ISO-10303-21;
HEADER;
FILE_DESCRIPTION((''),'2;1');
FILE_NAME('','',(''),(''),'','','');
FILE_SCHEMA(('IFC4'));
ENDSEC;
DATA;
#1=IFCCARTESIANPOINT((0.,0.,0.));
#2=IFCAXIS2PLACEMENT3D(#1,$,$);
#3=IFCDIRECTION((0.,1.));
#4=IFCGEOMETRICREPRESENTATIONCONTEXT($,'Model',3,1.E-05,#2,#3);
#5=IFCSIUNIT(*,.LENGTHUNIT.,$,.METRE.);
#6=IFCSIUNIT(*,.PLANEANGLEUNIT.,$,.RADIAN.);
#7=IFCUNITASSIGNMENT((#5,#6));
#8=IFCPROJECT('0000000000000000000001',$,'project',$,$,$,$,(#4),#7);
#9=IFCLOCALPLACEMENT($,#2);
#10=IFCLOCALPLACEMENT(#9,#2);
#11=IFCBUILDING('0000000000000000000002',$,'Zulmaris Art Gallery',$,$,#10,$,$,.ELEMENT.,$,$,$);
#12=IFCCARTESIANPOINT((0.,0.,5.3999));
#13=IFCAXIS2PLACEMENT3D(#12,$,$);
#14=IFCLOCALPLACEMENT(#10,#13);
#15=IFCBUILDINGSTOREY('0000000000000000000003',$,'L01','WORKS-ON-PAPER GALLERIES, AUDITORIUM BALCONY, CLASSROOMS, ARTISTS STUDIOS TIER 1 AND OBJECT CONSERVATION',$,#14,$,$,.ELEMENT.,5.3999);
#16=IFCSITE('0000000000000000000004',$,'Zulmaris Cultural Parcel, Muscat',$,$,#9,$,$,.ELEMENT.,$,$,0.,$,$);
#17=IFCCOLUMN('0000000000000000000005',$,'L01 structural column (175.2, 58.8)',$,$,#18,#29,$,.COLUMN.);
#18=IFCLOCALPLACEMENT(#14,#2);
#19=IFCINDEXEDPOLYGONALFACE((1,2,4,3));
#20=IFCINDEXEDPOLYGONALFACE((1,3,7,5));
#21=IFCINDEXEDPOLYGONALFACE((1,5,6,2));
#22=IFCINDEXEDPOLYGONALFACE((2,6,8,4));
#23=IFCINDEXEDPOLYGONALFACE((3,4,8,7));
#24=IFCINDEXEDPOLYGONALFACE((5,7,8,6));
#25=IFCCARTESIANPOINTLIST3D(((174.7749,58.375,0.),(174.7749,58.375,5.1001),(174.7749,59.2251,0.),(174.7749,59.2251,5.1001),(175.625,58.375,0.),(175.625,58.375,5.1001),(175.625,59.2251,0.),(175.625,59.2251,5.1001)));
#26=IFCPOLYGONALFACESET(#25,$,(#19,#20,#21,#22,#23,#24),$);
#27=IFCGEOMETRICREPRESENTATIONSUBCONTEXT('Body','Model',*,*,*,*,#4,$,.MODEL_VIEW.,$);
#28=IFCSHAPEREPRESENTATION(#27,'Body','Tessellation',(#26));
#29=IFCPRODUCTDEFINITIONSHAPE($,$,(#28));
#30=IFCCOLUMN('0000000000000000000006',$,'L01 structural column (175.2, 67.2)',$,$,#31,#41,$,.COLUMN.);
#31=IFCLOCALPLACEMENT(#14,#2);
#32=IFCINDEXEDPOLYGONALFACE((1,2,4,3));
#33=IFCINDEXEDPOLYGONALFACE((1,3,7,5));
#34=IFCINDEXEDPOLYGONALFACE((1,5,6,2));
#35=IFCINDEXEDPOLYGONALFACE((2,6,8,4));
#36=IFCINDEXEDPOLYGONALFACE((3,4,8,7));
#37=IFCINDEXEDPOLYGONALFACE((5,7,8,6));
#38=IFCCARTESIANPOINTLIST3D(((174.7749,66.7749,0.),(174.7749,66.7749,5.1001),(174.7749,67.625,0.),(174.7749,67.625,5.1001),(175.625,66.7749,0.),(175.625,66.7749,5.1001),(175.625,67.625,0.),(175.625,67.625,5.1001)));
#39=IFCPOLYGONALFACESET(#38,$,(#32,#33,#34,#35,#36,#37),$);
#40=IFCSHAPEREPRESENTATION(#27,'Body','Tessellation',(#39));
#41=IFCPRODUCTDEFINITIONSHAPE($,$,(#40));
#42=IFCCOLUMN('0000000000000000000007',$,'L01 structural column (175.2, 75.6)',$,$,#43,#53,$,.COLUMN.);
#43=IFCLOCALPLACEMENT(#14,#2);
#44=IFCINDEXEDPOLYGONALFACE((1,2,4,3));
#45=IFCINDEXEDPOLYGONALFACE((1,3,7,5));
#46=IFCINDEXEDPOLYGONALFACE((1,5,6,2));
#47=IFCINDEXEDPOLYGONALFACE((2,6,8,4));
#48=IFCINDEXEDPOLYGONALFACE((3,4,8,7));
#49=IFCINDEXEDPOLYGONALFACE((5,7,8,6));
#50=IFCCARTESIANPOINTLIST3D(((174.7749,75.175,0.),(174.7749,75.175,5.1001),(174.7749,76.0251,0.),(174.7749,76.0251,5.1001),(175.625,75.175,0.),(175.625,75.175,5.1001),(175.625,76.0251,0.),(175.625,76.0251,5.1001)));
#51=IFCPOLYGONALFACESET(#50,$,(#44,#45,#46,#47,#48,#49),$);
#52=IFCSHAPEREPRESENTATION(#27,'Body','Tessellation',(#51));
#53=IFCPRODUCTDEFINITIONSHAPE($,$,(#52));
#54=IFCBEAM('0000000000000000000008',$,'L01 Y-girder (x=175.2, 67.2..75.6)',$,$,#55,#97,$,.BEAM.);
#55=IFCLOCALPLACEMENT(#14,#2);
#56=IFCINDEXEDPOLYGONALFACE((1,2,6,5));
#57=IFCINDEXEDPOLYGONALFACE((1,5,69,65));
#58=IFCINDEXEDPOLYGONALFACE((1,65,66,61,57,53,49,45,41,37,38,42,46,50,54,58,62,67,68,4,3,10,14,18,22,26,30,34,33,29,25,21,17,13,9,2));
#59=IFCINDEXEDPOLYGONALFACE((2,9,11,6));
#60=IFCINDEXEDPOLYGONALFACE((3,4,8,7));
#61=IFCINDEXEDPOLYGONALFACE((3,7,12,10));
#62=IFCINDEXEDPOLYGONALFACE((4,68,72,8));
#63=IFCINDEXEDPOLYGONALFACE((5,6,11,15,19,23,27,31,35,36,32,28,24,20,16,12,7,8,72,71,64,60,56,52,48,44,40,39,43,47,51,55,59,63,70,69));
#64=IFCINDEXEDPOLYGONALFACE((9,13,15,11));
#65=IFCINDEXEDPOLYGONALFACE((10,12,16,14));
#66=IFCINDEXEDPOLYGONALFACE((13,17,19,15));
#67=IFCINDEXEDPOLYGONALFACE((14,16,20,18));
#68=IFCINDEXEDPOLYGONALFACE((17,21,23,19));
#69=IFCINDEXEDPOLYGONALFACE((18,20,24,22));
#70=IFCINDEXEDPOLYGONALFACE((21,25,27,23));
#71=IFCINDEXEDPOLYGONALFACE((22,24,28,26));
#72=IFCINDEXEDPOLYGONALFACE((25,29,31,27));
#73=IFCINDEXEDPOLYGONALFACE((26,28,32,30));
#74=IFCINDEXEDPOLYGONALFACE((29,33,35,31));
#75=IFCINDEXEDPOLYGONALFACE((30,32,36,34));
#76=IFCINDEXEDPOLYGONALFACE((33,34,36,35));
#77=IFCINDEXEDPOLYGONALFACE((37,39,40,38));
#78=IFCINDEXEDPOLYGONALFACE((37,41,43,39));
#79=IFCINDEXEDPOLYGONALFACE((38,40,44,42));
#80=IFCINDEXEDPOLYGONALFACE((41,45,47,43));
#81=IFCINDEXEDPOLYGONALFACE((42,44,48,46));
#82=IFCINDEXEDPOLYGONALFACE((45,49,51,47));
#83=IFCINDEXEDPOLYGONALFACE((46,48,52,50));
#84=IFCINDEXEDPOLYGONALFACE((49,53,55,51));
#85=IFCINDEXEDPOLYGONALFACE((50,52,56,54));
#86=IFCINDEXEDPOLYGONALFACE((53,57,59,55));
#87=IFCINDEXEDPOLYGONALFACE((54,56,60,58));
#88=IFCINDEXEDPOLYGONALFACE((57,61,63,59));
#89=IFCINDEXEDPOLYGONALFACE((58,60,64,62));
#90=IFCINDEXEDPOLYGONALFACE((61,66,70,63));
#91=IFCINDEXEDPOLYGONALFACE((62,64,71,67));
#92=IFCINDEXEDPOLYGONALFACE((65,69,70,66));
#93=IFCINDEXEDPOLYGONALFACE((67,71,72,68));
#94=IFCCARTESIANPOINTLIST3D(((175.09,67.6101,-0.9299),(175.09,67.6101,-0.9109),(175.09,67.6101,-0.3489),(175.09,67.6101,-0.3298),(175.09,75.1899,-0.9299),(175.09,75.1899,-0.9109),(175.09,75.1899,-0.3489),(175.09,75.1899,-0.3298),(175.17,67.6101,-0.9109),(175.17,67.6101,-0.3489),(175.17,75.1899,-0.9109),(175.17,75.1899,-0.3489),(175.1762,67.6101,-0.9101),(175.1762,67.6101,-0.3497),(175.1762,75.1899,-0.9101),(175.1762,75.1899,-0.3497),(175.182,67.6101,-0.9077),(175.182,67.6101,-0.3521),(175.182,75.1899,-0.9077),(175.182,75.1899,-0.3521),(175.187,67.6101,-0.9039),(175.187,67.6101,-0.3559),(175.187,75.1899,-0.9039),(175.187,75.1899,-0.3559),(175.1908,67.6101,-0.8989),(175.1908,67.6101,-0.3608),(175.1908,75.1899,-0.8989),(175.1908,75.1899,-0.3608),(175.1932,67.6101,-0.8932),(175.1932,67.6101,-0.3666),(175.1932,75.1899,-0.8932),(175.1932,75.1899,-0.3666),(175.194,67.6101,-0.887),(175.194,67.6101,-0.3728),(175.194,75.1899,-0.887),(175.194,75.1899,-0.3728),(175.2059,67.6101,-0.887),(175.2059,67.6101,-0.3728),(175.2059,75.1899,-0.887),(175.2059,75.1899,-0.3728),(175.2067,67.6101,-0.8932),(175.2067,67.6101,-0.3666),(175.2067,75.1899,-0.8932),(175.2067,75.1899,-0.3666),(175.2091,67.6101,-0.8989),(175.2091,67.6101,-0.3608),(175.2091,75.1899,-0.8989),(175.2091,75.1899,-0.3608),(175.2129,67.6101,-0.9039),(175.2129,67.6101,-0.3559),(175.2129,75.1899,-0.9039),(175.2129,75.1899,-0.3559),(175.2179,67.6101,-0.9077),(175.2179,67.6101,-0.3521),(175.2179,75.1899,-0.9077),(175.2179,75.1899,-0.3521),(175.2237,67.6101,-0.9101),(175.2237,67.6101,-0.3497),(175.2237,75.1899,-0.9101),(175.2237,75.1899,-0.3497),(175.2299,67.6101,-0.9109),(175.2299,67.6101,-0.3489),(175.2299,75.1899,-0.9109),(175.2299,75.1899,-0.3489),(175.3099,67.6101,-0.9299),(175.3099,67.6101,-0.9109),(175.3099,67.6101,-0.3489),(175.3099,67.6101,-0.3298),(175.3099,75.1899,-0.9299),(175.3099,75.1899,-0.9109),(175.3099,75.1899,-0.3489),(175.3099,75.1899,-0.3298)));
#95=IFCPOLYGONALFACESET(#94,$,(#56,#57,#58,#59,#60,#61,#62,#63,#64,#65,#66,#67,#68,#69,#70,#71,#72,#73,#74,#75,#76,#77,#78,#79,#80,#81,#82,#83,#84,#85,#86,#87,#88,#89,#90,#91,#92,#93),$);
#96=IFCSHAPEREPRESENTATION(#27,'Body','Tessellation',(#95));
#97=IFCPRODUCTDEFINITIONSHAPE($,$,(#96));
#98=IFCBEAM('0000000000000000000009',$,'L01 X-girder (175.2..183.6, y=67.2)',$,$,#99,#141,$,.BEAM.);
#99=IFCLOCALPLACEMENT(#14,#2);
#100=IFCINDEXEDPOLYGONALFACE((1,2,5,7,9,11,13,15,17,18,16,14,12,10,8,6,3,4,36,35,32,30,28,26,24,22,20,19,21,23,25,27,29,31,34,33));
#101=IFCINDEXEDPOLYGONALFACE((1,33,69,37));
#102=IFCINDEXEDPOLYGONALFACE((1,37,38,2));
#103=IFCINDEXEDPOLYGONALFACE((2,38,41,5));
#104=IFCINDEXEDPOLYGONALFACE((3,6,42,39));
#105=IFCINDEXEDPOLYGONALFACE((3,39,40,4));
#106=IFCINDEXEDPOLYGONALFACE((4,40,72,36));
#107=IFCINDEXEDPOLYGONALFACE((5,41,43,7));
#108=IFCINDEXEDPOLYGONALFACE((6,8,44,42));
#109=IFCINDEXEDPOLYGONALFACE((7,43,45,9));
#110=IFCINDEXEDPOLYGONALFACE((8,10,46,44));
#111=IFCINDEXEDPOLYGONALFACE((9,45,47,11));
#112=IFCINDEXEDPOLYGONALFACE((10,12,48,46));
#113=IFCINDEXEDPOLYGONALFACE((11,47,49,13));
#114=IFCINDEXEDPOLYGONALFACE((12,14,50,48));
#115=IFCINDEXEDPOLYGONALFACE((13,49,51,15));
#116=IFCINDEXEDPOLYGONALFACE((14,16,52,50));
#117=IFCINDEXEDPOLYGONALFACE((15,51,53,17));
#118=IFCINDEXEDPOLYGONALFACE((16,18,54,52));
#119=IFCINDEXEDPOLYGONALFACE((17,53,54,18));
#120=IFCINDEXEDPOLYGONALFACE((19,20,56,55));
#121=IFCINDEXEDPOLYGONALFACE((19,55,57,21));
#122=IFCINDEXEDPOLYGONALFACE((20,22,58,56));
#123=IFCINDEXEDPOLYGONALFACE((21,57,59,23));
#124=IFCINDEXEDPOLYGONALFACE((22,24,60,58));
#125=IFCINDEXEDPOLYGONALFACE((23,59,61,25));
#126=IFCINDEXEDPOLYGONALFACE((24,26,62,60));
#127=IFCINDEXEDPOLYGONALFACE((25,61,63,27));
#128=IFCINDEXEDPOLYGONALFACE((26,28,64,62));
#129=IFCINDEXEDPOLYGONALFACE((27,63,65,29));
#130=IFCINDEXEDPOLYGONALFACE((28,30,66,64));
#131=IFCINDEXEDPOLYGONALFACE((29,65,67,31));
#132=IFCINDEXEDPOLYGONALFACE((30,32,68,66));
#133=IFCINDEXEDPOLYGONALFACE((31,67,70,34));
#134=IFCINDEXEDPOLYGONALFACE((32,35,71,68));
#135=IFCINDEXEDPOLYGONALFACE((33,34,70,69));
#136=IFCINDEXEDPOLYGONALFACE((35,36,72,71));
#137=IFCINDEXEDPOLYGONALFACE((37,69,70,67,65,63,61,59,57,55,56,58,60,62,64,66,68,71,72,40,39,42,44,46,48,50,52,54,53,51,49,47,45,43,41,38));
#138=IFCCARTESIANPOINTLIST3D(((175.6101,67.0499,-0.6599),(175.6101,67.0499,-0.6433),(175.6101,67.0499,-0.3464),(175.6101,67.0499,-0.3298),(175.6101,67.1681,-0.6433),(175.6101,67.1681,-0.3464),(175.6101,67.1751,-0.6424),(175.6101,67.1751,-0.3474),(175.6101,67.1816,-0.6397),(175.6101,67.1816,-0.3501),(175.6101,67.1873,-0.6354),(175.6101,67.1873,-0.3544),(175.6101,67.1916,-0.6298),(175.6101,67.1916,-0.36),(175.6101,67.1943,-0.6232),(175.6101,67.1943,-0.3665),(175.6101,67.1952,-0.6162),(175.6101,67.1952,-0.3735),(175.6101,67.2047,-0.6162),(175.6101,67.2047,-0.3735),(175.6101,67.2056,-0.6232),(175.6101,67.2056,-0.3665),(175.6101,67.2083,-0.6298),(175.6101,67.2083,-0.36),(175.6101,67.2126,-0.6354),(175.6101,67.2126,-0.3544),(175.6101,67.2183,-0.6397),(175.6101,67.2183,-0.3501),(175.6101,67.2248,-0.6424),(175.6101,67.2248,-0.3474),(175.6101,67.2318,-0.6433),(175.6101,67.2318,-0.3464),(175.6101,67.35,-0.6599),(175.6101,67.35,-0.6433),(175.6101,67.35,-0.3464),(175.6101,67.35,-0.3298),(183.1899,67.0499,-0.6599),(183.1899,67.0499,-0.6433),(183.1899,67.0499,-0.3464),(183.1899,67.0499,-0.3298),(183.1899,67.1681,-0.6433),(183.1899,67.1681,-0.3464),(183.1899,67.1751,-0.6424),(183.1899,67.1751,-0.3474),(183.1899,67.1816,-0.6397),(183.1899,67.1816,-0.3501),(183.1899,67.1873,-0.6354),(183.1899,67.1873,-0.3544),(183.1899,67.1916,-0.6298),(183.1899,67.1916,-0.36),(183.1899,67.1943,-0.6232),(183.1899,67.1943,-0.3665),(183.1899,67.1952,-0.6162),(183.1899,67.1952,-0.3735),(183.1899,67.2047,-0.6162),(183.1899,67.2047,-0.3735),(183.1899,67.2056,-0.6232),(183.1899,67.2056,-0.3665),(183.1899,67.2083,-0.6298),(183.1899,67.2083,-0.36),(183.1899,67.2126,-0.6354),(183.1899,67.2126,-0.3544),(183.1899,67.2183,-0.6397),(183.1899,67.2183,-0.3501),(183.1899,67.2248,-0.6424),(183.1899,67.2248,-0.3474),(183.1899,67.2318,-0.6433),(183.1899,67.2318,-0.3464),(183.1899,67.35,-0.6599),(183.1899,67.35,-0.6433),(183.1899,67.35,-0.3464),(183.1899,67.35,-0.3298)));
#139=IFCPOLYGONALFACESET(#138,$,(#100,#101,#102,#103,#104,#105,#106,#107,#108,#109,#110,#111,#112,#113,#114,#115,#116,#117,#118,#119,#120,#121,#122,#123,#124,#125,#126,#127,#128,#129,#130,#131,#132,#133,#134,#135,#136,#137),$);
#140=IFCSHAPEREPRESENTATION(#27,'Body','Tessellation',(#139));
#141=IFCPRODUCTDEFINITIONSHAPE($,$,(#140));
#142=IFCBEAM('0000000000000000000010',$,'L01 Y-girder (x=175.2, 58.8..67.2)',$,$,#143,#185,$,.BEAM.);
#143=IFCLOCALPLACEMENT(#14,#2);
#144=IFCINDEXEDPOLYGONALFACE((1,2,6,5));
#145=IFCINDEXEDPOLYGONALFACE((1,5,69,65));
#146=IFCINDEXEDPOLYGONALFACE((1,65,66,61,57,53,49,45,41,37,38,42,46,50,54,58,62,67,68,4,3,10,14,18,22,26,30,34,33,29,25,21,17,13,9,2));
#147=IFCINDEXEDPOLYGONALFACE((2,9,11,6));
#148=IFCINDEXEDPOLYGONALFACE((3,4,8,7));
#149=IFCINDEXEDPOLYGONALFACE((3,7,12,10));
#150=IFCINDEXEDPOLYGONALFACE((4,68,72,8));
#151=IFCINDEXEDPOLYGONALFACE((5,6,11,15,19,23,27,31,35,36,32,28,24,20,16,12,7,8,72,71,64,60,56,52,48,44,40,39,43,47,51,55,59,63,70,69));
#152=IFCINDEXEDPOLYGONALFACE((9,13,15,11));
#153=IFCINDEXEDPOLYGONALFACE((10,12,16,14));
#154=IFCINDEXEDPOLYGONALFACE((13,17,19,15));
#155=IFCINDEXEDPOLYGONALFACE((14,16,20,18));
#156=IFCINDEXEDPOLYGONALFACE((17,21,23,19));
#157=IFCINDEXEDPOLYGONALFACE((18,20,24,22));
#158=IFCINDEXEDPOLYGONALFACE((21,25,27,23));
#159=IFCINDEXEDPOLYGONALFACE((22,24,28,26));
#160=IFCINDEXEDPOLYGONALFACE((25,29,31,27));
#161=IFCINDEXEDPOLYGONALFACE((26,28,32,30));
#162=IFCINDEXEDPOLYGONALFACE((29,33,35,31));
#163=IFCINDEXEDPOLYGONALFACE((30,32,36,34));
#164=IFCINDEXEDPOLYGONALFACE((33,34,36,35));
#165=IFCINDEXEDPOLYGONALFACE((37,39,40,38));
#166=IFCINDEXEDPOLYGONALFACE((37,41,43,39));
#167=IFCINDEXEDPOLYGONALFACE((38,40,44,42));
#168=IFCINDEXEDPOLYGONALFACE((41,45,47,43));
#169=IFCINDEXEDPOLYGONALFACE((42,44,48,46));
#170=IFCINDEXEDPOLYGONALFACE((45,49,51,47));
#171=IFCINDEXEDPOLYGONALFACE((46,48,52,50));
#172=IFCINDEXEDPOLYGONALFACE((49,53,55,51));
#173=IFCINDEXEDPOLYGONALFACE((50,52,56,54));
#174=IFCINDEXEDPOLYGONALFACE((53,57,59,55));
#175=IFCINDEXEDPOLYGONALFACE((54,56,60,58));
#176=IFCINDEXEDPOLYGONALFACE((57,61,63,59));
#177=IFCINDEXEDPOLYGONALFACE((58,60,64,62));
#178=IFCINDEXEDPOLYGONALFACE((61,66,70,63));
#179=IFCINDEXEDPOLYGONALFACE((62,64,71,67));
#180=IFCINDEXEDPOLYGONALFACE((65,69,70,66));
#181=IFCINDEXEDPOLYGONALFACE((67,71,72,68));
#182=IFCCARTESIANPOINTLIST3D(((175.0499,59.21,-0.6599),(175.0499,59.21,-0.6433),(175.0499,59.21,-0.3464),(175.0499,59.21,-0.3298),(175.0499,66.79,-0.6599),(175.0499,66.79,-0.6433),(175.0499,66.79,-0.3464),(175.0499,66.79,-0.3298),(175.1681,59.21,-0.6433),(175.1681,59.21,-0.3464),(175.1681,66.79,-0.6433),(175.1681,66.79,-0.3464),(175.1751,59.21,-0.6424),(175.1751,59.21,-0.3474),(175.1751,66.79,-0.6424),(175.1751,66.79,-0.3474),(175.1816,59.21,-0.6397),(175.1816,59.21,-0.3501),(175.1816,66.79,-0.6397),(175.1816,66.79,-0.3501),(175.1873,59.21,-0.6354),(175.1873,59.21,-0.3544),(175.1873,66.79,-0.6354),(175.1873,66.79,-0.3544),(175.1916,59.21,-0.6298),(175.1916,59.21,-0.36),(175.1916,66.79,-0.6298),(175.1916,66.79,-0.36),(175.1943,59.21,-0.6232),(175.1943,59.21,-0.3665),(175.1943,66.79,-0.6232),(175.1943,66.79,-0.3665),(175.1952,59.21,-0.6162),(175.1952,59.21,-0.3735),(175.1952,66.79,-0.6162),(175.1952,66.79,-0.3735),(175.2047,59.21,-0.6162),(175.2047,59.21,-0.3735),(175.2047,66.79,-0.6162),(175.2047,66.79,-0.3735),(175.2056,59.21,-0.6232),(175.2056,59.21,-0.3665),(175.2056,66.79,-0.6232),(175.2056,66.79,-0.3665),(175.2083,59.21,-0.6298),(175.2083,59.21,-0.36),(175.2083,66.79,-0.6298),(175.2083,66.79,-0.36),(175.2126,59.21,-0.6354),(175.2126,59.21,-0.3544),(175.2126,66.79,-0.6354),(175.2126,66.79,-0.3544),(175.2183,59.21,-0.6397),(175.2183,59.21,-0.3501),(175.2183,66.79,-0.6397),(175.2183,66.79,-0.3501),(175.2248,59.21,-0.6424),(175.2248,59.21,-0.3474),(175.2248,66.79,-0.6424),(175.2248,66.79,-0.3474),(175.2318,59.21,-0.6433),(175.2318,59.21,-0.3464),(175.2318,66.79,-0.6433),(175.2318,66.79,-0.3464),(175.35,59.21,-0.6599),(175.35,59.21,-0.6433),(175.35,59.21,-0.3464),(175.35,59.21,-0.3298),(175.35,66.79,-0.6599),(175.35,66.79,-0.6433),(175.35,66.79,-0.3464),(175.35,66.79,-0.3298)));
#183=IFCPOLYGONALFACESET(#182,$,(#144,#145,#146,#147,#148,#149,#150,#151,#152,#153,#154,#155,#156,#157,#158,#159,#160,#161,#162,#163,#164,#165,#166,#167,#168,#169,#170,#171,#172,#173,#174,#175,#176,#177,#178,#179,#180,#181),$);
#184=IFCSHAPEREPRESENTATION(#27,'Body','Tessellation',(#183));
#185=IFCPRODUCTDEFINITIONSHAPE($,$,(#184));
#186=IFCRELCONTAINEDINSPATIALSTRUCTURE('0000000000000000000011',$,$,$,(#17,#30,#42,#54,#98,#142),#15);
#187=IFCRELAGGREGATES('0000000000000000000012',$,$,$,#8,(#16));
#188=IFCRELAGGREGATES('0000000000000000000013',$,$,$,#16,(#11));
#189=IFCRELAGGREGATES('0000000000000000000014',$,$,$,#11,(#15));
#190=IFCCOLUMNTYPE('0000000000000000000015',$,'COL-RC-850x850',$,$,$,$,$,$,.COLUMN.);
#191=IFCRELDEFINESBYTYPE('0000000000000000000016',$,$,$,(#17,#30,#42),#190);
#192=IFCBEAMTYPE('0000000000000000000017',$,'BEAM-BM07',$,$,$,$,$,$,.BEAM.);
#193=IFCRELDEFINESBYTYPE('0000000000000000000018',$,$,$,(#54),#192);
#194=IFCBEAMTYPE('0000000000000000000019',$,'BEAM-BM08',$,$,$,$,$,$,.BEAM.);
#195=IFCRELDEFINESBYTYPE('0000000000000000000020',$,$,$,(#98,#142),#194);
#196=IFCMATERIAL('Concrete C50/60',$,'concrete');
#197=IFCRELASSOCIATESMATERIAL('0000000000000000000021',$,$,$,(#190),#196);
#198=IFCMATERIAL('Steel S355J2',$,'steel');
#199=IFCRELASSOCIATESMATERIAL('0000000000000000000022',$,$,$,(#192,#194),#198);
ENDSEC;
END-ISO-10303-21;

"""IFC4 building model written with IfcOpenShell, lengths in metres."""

from ifc_helpers import new_model, si_unit, direction, frame, origin, origin_2d, place, context, subcontext, project, spatial, rectangle, i_section, extrude, material, material_profile, profile_set, type_object, element, save


model = new_model("IFC4")

# Units and contexts
model_context = context("Model", 3, precision=1e-05, world=origin(), true_north=direction((0.0, 1.0)))
body_context = subcontext(model_context, "Body", "Model", "MODEL_VIEW")
ifc_project = project(units=[si_unit("LENGTHUNIT", "METRE"), si_unit("PLANEANGLEUNIT", "RADIAN")], contexts=[model_context])

# Site, building, storey
site_placement = place(None, origin())
site = spatial("IfcSite", under=ifc_project, at=site_placement, Name="Zulmaris Cultural Parcel, Muscat", CompositionType="ELEMENT", RefElevation=0.0)
building_placement = place(site_placement, origin())
building = spatial("IfcBuilding", under=site, at=building_placement, Name="Zulmaris Art Gallery", CompositionType="ELEMENT")
storey_placement = place(building_placement, frame((0.0, 0.0, 5.3999)))
storey = spatial("IfcBuildingStorey", under=building, at=storey_placement, Name="L01", Description="WORKS-ON-PAPER GALLERIES, AUDITORIUM BALCONY, CLASSROOMS, ARTISTS STUDIOS TIER 1 AND OBJECT CONSERVATION", CompositionType="ELEMENT", Elevation=5.3999)

# Columns
ifc_material_1 = material(Name="Concrete C50/60", Category="concrete")
ifc_material_profile_1 = material_profile(ifc_material_1, rectangle(XDim=0.8501, YDim=0.8501, at=origin_2d()), Name="RC 850x850")
ifc_profile_set_1 = profile_set([ifc_material_profile_1], Name="Concrete C50/60")
column_type = type_object("IfcColumnType", Name="COL-RC-850x850", PredefinedType="COLUMN", material=ifc_profile_set_1)
for number, where, z_axis, x_axis, name in (
    (1, (175.2, 58.8, 0.0), (0.0, 0.0, 1.0), (1.0, 0.0, 0.0), "L01 structural column (175.2, 58.8)"),
    (2, (175.2, 67.2, 0.0), (0.0, 0.0, 1.0), (1.0, 0.0, 0.0), "L01 structural column (175.2, 67.2)"),
    (3, (175.2, 75.6001, 0.0), (0.0, 0.0, 1.0), (1.0, 0.0, 0.0), "L01 structural column (175.2, 75.6)"),
):
    element("IfcColumn", number, at=place(storey_placement, frame(where, z_axis=z_axis, x_axis=x_axis)), inside=storey, type_object=column_type, Name=name, PredefinedType="COLUMN", context=body_context, shape_type="SweptSolid", body=[
        extrude(rectangle(XDim=0.8501, YDim=0.8501, at=origin_2d()), origin(), (0.0, 0.0, 1.0), 5.1001),
    ])

# Beams
ifc_material_2 = material(Name="Steel S355J2", Category="steel")
ifc_material_profile_2 = material_profile(ifc_material_2, i_section(OverallWidth=0.22, OverallDepth=0.6001, WebThickness=0.012, FlangeThickness=0.019, FilletRadius=0.0239, at=origin_2d()), Name="IPE 600")
ifc_profile_set_2 = profile_set([ifc_material_profile_2], Name="Steel S355J2")
beam_type_1 = type_object("IfcBeamType", Name="BEAM-BM07", PredefinedType="BEAM", material=ifc_profile_set_2)
beam_1_placement = place(storey_placement, frame((175.2, 67.6101, -0.6299), z_axis=(0.0, 1.0, 0.0), x_axis=(-1.0, 0.0, 0.0)))
element("IfcBeam", 4, at=beam_1_placement, inside=storey, type_object=beam_type_1, Name="L01 Y-girder (x=175.2, 67.2..75.6)", PredefinedType="BEAM", context=body_context, shape_type="SweptSolid", body=[
    extrude(i_section(OverallWidth=0.22, OverallDepth=0.6001, WebThickness=0.012, FlangeThickness=0.019, FilletRadius=0.0239, at=origin_2d()), origin(), (0.0, 0.0, 1.0), 7.5798),
])
ifc_material_profile_3 = material_profile(ifc_material_2, i_section(OverallWidth=0.3, OverallDepth=0.3301, WebThickness=0.0095, FlangeThickness=0.0166, FilletRadius=0.0271, at=origin_2d()), Name="HEA 340")
ifc_profile_set_3 = profile_set([ifc_material_profile_3], Name="Steel S355J2")
beam_type_2 = type_object("IfcBeamType", Name="BEAM-BM08", PredefinedType="BEAM", material=ifc_profile_set_3)
beam_2_placement = place(storey_placement, frame((175.6101, 67.2, -0.4949), z_axis=(1.0, 0.0, 0.0), x_axis=(0.0, 1.0, 0.0)))
element("IfcBeam", 5, at=beam_2_placement, inside=storey, type_object=beam_type_2, Name="L01 X-girder (175.2..183.6, y=67.2)", PredefinedType="BEAM", context=body_context, shape_type="SweptSolid", body=[
    extrude(i_section(OverallWidth=0.3, OverallDepth=0.3301, WebThickness=0.0095, FlangeThickness=0.0166, FilletRadius=0.0271, at=origin_2d()), origin(), (0.0, 0.0, 1.0), 7.5798),
])
beam_3_placement = place(storey_placement, frame((175.2, 59.21, -0.4949), z_axis=(0.0, 1.0, 0.0), x_axis=(-1.0, 0.0, 0.0)))
element("IfcBeam", 6, at=beam_3_placement, inside=storey, type_object=beam_type_2, Name="L01 Y-girder (x=175.2, 58.8..67.2)", PredefinedType="BEAM", context=body_context, shape_type="SweptSolid", body=[
    extrude(i_section(OverallWidth=0.3, OverallDepth=0.3301, WebThickness=0.0095, FlangeThickness=0.0166, FilletRadius=0.0271, at=origin_2d()), origin(), (0.0, 0.0, 1.0), 7.5801),
])

save(model, "model.ifc")
